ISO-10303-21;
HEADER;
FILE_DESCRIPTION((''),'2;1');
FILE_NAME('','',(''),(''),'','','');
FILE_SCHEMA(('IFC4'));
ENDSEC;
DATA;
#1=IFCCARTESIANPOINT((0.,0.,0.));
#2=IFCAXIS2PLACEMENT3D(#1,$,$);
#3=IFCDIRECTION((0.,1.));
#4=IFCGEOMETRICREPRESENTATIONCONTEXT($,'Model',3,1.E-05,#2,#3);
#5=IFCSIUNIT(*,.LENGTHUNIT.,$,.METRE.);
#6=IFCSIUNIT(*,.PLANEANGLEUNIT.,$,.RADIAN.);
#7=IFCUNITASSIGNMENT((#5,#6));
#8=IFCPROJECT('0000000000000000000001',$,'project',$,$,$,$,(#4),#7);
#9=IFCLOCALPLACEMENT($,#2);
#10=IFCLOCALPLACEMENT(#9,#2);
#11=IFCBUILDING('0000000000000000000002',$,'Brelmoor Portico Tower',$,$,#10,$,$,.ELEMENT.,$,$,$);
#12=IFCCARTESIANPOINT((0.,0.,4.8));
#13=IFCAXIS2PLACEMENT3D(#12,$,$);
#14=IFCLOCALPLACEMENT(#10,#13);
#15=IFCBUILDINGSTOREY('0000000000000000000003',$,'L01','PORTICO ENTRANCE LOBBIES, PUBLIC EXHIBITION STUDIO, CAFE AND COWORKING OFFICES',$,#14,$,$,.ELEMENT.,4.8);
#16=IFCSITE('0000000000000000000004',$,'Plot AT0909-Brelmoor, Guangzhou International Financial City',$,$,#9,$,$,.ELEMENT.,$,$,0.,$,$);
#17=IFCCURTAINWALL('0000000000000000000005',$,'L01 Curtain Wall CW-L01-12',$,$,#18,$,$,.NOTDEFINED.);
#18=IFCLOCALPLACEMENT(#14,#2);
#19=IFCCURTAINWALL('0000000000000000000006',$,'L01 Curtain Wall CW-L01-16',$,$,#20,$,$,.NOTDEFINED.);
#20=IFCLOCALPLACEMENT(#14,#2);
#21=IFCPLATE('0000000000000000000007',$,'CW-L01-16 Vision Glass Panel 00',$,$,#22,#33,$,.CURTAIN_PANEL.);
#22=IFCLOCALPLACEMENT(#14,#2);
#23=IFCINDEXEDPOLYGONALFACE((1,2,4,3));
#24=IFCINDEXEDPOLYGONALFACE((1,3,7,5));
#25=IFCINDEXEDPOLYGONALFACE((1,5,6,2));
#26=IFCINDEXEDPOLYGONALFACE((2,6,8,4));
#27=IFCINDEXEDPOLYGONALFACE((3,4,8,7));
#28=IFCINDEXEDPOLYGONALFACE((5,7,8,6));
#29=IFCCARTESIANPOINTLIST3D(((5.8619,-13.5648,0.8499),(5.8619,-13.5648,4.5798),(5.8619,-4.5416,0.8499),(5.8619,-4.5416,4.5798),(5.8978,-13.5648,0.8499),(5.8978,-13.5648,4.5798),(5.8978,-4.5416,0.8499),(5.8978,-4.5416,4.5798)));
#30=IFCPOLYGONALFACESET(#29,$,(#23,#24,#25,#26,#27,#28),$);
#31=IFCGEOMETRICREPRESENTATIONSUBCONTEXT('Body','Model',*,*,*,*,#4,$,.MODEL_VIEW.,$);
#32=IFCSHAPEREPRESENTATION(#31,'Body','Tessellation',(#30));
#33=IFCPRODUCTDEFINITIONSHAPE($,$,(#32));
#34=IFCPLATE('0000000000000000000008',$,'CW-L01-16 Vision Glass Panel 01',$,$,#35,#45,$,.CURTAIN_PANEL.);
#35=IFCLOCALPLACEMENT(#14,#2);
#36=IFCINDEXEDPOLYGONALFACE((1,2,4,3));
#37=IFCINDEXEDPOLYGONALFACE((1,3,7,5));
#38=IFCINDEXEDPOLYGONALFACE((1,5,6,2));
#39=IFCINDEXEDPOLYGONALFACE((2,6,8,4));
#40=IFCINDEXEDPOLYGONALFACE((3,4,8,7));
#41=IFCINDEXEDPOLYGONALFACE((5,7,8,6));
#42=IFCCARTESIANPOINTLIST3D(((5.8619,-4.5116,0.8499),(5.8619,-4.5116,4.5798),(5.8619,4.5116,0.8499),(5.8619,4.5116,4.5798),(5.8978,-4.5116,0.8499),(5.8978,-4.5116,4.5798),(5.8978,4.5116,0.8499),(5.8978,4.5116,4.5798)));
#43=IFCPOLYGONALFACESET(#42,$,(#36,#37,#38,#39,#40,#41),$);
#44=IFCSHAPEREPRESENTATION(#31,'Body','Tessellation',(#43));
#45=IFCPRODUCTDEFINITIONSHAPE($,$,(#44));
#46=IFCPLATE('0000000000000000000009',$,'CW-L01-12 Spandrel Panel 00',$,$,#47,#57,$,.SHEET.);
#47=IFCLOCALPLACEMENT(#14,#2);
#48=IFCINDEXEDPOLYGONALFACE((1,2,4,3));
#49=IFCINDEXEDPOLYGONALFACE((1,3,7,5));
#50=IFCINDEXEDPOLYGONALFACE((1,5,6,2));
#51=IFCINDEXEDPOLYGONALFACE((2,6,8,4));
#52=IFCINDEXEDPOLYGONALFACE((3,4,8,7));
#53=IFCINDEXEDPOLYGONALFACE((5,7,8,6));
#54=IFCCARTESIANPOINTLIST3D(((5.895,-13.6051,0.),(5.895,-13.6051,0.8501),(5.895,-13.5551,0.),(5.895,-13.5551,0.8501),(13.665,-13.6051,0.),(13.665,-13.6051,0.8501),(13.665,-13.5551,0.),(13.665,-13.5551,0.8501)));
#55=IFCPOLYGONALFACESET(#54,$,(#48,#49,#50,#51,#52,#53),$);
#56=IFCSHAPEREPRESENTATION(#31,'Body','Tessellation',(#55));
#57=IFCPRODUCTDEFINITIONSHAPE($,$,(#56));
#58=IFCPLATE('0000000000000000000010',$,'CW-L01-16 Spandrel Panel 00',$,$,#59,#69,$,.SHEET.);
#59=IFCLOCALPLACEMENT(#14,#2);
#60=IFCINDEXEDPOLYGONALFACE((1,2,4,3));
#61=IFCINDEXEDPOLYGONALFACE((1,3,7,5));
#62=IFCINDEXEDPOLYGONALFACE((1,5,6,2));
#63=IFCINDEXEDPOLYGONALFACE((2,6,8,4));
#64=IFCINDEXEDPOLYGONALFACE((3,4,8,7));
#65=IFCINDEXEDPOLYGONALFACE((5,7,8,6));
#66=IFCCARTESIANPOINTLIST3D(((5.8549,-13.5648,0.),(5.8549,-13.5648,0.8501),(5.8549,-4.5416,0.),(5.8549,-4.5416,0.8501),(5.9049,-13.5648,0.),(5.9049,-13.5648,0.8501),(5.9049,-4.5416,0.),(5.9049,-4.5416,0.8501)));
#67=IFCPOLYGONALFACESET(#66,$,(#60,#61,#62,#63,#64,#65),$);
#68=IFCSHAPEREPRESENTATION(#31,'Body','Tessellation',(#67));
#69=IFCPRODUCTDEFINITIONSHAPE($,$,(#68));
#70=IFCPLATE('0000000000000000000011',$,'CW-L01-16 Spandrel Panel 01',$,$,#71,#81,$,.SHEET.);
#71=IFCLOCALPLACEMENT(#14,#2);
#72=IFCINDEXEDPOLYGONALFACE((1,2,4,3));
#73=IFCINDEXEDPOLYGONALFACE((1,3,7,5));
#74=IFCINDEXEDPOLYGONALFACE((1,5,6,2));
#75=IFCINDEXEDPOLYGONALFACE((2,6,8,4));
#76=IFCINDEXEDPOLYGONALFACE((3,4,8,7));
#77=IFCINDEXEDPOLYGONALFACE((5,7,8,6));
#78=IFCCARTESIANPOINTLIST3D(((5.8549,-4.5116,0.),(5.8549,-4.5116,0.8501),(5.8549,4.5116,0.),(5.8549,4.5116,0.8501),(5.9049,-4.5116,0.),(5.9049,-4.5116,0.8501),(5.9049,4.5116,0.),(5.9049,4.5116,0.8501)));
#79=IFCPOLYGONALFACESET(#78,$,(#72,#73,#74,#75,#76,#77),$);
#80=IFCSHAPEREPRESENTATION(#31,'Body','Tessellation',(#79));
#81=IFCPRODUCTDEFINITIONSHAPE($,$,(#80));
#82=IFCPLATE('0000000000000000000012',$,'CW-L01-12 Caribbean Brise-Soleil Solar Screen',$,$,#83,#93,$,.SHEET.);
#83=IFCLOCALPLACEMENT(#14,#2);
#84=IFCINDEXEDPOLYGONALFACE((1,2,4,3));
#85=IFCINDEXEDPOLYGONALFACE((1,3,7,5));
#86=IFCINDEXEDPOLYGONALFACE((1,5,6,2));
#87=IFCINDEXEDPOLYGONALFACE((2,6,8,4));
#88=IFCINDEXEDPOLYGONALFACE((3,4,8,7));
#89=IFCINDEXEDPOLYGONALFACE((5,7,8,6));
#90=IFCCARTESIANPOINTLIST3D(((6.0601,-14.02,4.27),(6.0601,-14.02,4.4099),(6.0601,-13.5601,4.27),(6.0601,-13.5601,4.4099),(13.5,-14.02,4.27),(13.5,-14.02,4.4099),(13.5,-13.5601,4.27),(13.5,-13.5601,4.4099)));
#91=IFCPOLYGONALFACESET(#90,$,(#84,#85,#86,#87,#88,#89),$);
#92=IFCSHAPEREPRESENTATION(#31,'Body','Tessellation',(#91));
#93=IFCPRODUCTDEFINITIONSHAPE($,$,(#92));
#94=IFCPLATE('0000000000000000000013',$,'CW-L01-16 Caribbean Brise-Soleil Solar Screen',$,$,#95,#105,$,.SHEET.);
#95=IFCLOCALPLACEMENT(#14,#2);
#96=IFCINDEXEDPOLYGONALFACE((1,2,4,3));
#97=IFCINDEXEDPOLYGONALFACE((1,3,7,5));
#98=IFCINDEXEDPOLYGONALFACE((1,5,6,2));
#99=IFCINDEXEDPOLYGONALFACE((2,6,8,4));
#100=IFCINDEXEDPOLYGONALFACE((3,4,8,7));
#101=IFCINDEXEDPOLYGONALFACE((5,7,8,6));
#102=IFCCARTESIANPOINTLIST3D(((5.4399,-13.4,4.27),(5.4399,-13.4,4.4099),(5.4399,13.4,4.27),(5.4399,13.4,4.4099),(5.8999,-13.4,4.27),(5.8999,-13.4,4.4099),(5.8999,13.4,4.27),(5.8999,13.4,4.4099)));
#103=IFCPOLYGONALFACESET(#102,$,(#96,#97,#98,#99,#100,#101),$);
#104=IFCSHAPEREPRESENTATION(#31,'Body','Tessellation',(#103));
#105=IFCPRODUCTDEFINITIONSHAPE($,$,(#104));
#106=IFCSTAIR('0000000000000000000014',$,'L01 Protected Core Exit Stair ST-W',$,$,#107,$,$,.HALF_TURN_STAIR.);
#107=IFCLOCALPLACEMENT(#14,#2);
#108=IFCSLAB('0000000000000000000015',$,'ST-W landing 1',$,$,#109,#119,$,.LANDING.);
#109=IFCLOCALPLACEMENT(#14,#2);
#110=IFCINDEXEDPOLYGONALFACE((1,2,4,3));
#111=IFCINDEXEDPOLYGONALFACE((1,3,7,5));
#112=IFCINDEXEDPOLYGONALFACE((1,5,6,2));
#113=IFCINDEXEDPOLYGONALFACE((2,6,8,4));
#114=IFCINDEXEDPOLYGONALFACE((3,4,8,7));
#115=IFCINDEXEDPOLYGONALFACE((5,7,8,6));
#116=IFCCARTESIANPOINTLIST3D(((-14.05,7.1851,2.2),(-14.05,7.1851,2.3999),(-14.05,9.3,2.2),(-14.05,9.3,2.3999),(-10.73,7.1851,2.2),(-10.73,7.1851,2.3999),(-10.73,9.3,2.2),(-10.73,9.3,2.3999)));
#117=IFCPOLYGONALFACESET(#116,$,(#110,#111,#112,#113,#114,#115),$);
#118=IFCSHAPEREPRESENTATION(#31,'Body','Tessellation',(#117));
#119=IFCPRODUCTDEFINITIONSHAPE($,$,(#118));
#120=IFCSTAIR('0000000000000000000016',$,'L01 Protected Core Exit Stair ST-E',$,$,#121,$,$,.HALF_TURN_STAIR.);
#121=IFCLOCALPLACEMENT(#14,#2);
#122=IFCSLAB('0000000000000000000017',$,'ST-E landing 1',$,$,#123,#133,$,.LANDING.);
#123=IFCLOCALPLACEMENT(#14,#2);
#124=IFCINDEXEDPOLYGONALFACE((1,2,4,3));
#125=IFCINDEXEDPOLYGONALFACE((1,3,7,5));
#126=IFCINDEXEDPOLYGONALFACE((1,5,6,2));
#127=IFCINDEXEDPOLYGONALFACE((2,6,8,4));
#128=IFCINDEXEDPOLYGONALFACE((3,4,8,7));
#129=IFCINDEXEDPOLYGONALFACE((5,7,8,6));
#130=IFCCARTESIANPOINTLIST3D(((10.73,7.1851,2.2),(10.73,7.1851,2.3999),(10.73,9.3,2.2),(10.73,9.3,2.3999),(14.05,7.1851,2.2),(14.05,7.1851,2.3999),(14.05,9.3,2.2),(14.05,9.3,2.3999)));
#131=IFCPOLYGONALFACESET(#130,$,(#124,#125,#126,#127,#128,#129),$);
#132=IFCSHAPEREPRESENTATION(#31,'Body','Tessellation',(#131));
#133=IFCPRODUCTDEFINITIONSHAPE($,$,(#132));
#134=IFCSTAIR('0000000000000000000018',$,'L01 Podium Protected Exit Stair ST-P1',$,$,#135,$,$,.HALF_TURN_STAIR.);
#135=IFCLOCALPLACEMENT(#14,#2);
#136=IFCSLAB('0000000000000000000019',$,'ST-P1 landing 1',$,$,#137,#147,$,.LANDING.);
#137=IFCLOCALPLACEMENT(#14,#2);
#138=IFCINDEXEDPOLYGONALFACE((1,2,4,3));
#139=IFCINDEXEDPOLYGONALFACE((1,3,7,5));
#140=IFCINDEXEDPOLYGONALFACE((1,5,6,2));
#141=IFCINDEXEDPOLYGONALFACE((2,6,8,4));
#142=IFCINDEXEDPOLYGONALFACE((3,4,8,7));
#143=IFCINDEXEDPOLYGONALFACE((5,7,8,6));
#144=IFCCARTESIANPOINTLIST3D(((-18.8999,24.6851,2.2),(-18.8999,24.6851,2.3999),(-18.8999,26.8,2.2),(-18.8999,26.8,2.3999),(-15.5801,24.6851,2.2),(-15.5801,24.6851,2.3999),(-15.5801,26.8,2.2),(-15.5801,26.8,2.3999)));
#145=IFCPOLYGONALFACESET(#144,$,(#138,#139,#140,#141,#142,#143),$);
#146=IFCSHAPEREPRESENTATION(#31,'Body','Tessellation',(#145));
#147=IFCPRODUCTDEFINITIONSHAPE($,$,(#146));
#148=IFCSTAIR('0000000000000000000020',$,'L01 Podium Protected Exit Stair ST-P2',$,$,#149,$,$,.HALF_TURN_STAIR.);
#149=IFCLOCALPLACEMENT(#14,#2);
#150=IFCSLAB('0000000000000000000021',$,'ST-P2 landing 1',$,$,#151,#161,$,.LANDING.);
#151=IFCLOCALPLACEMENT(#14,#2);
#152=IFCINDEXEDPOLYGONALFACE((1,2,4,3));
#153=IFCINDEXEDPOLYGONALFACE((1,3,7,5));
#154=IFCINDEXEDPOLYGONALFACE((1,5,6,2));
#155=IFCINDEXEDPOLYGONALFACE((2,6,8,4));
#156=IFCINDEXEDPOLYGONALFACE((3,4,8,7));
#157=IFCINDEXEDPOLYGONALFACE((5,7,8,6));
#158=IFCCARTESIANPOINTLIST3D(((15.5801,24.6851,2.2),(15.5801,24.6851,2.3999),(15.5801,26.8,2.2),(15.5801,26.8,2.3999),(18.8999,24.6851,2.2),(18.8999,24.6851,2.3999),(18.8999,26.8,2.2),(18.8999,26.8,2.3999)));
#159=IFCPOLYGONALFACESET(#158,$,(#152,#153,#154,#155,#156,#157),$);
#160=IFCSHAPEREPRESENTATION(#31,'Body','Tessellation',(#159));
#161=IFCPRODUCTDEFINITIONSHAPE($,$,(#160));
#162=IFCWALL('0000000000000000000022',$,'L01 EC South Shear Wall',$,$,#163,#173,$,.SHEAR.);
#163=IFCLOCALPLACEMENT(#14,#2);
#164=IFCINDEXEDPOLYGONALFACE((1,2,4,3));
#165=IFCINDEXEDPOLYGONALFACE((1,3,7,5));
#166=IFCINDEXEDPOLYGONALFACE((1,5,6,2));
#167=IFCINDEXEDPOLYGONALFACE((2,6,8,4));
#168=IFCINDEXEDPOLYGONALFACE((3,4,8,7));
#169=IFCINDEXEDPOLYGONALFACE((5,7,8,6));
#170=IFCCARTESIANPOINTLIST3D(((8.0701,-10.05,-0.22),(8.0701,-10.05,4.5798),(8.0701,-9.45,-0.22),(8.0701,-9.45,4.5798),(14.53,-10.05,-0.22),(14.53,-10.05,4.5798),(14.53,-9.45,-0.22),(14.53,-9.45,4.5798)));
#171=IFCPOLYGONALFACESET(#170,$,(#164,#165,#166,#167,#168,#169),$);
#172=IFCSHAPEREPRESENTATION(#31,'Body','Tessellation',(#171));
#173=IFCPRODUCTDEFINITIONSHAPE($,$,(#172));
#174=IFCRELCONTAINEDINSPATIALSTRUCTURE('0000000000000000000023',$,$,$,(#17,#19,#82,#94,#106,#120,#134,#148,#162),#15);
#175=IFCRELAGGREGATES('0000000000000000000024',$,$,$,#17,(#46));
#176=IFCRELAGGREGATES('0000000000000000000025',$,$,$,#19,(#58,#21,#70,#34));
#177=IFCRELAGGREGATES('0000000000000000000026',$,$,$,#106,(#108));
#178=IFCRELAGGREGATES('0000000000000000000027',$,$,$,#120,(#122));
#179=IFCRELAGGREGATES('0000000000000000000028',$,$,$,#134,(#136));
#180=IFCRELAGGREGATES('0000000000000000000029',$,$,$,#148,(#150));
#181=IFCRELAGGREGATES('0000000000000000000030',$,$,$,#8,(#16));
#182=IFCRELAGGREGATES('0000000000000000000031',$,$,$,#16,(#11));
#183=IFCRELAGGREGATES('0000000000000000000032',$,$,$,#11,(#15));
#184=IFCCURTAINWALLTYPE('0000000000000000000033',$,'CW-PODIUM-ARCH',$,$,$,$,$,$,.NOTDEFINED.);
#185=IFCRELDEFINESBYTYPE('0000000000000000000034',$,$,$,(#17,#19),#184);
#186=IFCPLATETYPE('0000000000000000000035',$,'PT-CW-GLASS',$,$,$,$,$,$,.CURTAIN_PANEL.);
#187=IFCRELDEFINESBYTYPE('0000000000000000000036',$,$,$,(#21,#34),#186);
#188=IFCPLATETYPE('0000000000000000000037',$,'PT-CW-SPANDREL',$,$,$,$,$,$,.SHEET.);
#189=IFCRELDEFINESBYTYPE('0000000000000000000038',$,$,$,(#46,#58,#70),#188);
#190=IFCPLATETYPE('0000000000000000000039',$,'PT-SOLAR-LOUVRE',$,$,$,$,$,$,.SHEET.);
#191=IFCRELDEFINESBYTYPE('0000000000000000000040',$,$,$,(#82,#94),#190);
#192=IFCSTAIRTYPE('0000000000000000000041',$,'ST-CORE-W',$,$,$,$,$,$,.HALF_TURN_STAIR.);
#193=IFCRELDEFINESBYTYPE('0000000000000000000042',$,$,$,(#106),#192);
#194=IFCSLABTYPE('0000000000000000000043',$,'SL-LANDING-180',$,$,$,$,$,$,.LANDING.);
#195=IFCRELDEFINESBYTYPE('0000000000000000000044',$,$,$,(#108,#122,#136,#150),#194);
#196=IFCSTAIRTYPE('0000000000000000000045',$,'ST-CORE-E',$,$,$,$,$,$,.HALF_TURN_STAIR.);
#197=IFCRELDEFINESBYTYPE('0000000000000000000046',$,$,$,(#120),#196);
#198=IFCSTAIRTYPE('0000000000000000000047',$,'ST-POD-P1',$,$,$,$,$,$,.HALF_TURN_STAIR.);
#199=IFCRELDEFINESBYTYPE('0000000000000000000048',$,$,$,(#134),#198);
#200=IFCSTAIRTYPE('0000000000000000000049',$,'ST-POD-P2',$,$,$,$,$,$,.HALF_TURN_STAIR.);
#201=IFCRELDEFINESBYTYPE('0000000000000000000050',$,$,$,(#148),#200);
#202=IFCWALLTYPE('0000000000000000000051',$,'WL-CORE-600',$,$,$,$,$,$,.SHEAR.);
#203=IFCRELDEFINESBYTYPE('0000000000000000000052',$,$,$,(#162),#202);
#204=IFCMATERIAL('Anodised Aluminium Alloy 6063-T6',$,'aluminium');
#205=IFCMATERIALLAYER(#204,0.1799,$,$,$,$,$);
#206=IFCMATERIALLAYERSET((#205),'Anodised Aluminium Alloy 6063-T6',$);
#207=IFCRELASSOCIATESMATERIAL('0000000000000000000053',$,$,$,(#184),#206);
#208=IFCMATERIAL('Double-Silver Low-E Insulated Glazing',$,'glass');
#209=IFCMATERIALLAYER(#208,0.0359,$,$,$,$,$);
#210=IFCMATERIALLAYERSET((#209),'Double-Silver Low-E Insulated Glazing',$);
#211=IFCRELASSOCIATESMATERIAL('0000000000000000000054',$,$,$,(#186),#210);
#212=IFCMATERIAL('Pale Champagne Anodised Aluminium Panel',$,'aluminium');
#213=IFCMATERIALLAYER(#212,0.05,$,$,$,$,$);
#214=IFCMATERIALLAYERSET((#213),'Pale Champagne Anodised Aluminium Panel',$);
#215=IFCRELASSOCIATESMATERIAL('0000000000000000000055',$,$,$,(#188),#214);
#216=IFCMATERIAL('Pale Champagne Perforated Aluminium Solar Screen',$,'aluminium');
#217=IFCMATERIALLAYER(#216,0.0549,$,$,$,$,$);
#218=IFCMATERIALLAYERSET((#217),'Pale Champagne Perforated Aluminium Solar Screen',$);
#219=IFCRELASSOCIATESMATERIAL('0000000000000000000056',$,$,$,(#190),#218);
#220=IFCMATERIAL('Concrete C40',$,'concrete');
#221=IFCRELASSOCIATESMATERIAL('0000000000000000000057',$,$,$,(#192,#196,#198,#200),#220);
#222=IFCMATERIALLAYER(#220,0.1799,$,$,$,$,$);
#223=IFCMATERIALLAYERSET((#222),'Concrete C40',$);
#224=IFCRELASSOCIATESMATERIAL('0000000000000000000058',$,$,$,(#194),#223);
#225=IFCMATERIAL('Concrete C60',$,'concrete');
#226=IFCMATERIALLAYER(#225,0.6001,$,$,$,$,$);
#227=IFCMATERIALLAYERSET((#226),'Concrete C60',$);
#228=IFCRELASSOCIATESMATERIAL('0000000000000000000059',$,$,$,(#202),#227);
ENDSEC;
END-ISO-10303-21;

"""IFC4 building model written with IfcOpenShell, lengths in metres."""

from ifc_helpers import new_model, si_unit, direction, frame, frame_2d, origin, origin_2d, place, context, subcontext, project, spatial, polyline, rectangle, outline, extrude, material, layer, layer_set, type_object, element, aggregate, save


model = new_model("IFC4")

# Units and contexts
model_context = context("Model", 3, precision=1e-05, world=origin(), true_north=direction((0.0, 1.0)))
body_context = subcontext(model_context, "Body", "Model", "MODEL_VIEW")
ifc_project = project(units=[si_unit("LENGTHUNIT", "METRE"), si_unit("PLANEANGLEUNIT", "RADIAN")], contexts=[model_context])

# Site, building, storey
site_placement = place(None, origin())
site = spatial("IfcSite", under=ifc_project, at=site_placement, Name="Plot AT0909-Brelmoor, Guangzhou International Financial City", CompositionType="ELEMENT", RefElevation=0.0)
building_placement = place(site_placement, origin())
building = spatial("IfcBuilding", under=site, at=building_placement, Name="Brelmoor Portico Tower", CompositionType="ELEMENT")
storey_placement = place(building_placement, frame((0.0, 0.0, 4.8)))
storey = spatial("IfcBuildingStorey", under=building, at=storey_placement, Name="L01", Description="PORTICO ENTRANCE LOBBIES, PUBLIC EXHIBITION STUDIO, CAFE AND COWORKING OFFICES", CompositionType="ELEMENT", Elevation=4.8)

# Curtain wall
ifc_material_1 = material(Name="Anodised Aluminium Alloy 6063-T6", Category="aluminium")
ifc_layer_1 = layer(ifc_material_1, 0.1799)
ifc_layer_set_1 = layer_set([ifc_layer_1], Name="Anodised Aluminium Alloy 6063-T6")
curtain_wall_type = type_object("IfcCurtainWallType", Name="CW-PODIUM-ARCH", PredefinedType="NOTDEFINED", material=ifc_layer_set_1)
curtain_wall_1_placement = place(storey_placement, origin())
curtain_wall_1 = element("IfcCurtainWall", 1, at=curtain_wall_1_placement, inside=storey, type_object=curtain_wall_type, Name="L01 Curtain Wall CW-L01-12", PredefinedType="NOTDEFINED")

# Curtain wall
curtain_wall_2_placement = place(storey_placement, origin())
curtain_wall_2 = element("IfcCurtainWall", 2, at=curtain_wall_2_placement, inside=storey, type_object=curtain_wall_type, Name="L01 Curtain Wall CW-L01-16", PredefinedType="NOTDEFINED")

# Plates
ifc_material_2 = material(Name="Double-Silver Low-E Insulated Glazing", Category="glass")
ifc_layer_2 = layer(ifc_material_2, 0.0359)
ifc_layer_set_2 = layer_set([ifc_layer_2], Name="Double-Silver Low-E Insulated Glazing")
plate_type_1 = type_object("IfcPlateType", Name="PT-CW-GLASS", PredefinedType="CURTAIN_PANEL", material=ifc_layer_set_2)
plate_1_placement = place(storey_placement, frame((5.8799, -9.0532, 0.8499), z_axis=(0.0, 0.0, 1.0), x_axis=(0.0, 1.0, 0.0)))
plate_1 = element("IfcPlate", 3, at=plate_1_placement, type_object=plate_type_1, Name="CW-L01-16 Vision Glass Panel 00", PredefinedType="CURTAIN_PANEL", context=body_context, shape_type="SweptSolid", body=[
    extrude(rectangle(XDim=9.0232, YDim=0.0359, at=origin_2d()), origin(), (0.0, 0.0, 1.0), 3.73),
])
plate_2_placement = place(storey_placement, frame((5.8799, 0.0, 0.8499), z_axis=(0.0, 0.0, 1.0), x_axis=(0.0, 1.0, 0.0)))
plate_2 = element("IfcPlate", 4, at=plate_2_placement, type_object=plate_type_1, Name="CW-L01-16 Vision Glass Panel 01", PredefinedType="CURTAIN_PANEL", context=body_context, shape_type="SweptSolid", body=[
    extrude(rectangle(XDim=9.0232, YDim=0.0359, at=origin_2d()), origin(), (0.0, 0.0, 1.0), 3.73),
])
ifc_material_3 = material(Name="Pale Champagne Anodised Aluminium Panel", Category="aluminium")
ifc_layer_3 = layer(ifc_material_3, 0.05)
ifc_layer_set_3 = layer_set([ifc_layer_3], Name="Pale Champagne Anodised Aluminium Panel")
plate_type_2 = type_object("IfcPlateType", Name="PT-CW-SPANDREL", PredefinedType="SHEET", material=ifc_layer_set_3)
plate_3_placement = place(storey_placement, frame((9.78, -13.5801, 0.0), z_axis=(0.0, 0.0, 1.0), x_axis=(1.0, 0.0, 0.0)))
plate_3 = element("IfcPlate", 5, at=plate_3_placement, type_object=plate_type_2, Name="CW-L01-12 Spandrel Panel 00", PredefinedType="SHEET", context=body_context, shape_type="SweptSolid", body=[
    extrude(rectangle(XDim=7.77, YDim=0.05, at=origin_2d()), origin(), (0.0, 0.0, 1.0), 0.8501),
])
aggregate(curtain_wall_1, [plate_3])
plate_4_placement = place(storey_placement, frame((5.8799, -9.0532, 0.0), z_axis=(0.0, 0.0, 1.0), x_axis=(0.0, 1.0, 0.0)))
plate_4 = element("IfcPlate", 6, at=plate_4_placement, type_object=plate_type_2, Name="CW-L01-16 Spandrel Panel 00", PredefinedType="SHEET", context=body_context, shape_type="SweptSolid", body=[
    extrude(rectangle(XDim=9.0232, YDim=0.05, at=origin_2d()), origin(), (0.0, 0.0, 1.0), 0.8501),
])
plate_5_placement = place(storey_placement, frame((5.8799, 0.0, 0.0), z_axis=(0.0, 0.0, 1.0), x_axis=(0.0, 1.0, 0.0)))
plate_5 = element("IfcPlate", 7, at=plate_5_placement, type_object=plate_type_2, Name="CW-L01-16 Spandrel Panel 01", PredefinedType="SHEET", context=body_context, shape_type="SweptSolid", body=[
    extrude(rectangle(XDim=9.0232, YDim=0.05, at=origin_2d()), origin(), (0.0, 0.0, 1.0), 0.8501),
])
aggregate(curtain_wall_2, [plate_4, plate_1, plate_5, plate_2])

# Plates
ifc_material_4 = material(Name="Pale Champagne Perforated Aluminium Solar Screen", Category="aluminium")
ifc_layer_4 = layer(ifc_material_4, 0.0549)
ifc_layer_set_4 = layer_set([ifc_layer_4], Name="Pale Champagne Perforated Aluminium Solar Screen")
plate_type_3 = type_object("IfcPlateType", Name="PT-SOLAR-LOUVRE", PredefinedType="SHEET", material=ifc_layer_set_4)
plate_6_placement = place(storey_placement, frame((9.78, -13.79, 4.27), z_axis=(0.0, 0.0, 1.0), x_axis=(1.0, 0.0, 0.0)))
element("IfcPlate", 8, at=plate_6_placement, inside=storey, type_object=plate_type_3, Name="CW-L01-12 Caribbean Brise-Soleil Solar Screen", PredefinedType="SHEET", context=body_context, shape_type="SweptSolid", body=[
    extrude(rectangle(XDim=7.4399, YDim=0.46, at=origin_2d()), origin(), (0.0, 0.0, 1.0), 0.1399),
])
plate_7_placement = place(storey_placement, frame((5.6699, 0.0, 4.27), z_axis=(0.0, 0.0, 1.0), x_axis=(0.0, 1.0, 0.0)))
element("IfcPlate", 9, at=plate_7_placement, inside=storey, type_object=plate_type_3, Name="CW-L01-16 Caribbean Brise-Soleil Solar Screen", PredefinedType="SHEET", context=body_context, shape_type="SweptSolid", body=[
    extrude(rectangle(XDim=26.8, YDim=0.46, at=origin_2d()), origin(), (0.0, 0.0, 1.0), 0.1399),
])

# Stairs, slabs
ifc_material_5 = material(Name="Concrete C40", Category="concrete")
stair_type_1 = type_object("IfcStairType", Name="ST-CORE-W", PredefinedType="HALF_TURN_STAIR", material=ifc_material_5)
stair_1_placement = place(storey_placement, origin())
stair_1 = element("IfcStair", 10, at=stair_1_placement, inside=storey, type_object=stair_type_1, Name="L01 Protected Core Exit Stair ST-W", PredefinedType="HALF_TURN_STAIR")
ifc_layer_5 = layer(ifc_material_5, 0.1799)
ifc_layer_set_5 = layer_set([ifc_layer_5], Name="Concrete C40")
slab_type = type_object("IfcSlabType", Name="SL-LANDING-180", PredefinedType="LANDING", material=ifc_layer_set_5)
slab_1_placement = place(storey_placement, frame((0.0, 0.0, 2.2)))
slab_1 = element("IfcSlab", 11, at=slab_1_placement, type_object=slab_type, Name="ST-W landing 1", PredefinedType="LANDING", context=body_context, shape_type="SweptSolid", body=[
    extrude(outline(polyline([(-10.73, 7.1851), (-10.73, 9.3), (-14.05, 9.3), (-14.05, 7.1851), (-10.73, 7.1851)])), origin(), (0.0, 0.0, 1.0), 0.2),
])
aggregate(stair_1, [slab_1])
stair_type_2 = type_object("IfcStairType", Name="ST-CORE-E", PredefinedType="HALF_TURN_STAIR", material=ifc_material_5)
stair_2_placement = place(storey_placement, origin())
stair_2 = element("IfcStair", 12, at=stair_2_placement, inside=storey, type_object=stair_type_2, Name="L01 Protected Core Exit Stair ST-E", PredefinedType="HALF_TURN_STAIR")
slab_2_placement = place(storey_placement, frame((0.0, 0.0, 2.2)))
slab_2 = element("IfcSlab", 13, at=slab_2_placement, type_object=slab_type, Name="ST-E landing 1", PredefinedType="LANDING", context=body_context, shape_type="SweptSolid", body=[
    extrude(outline(polyline([(14.05, 7.1851), (14.05, 9.3), (10.73, 9.3), (10.73, 7.1851), (14.05, 7.1851)])), origin(), (0.0, 0.0, 1.0), 0.2),
])
aggregate(stair_2, [slab_2])
stair_type_3 = type_object("IfcStairType", Name="ST-POD-P1", PredefinedType="HALF_TURN_STAIR", material=ifc_material_5)
stair_3_placement = place(storey_placement, origin())
stair_3 = element("IfcStair", 14, at=stair_3_placement, inside=storey, type_object=stair_type_3, Name="L01 Podium Protected Exit Stair ST-P1", PredefinedType="HALF_TURN_STAIR")
slab_3_placement = place(storey_placement, frame((0.0, 0.0, 2.2)))
slab_3 = element("IfcSlab", 15, at=slab_3_placement, type_object=slab_type, Name="ST-P1 landing 1", PredefinedType="LANDING", context=body_context, shape_type="SweptSolid", body=[
    extrude(outline(polyline([(-15.5801, 24.6851), (-15.5801, 26.8), (-18.8999, 26.8), (-18.8999, 24.6851), (-15.5801, 24.6851)])), origin(), (0.0, 0.0, 1.0), 0.2),
])
aggregate(stair_3, [slab_3])
stair_type_4 = type_object("IfcStairType", Name="ST-POD-P2", PredefinedType="HALF_TURN_STAIR", material=ifc_material_5)
stair_4_placement = place(storey_placement, origin())
stair_4 = element("IfcStair", 16, at=stair_4_placement, inside=storey, type_object=stair_type_4, Name="L01 Podium Protected Exit Stair ST-P2", PredefinedType="HALF_TURN_STAIR")
slab_4_placement = place(storey_placement, frame((0.0, 0.0, 2.2)))
slab_4 = element("IfcSlab", 17, at=slab_4_placement, type_object=slab_type, Name="ST-P2 landing 1", PredefinedType="LANDING", context=body_context, shape_type="SweptSolid", body=[
    extrude(outline(polyline([(18.8999, 24.6851), (18.8999, 26.8), (15.5801, 26.8), (15.5801, 24.6851), (18.8999, 24.6851)])), origin(), (0.0, 0.0, 1.0), 0.2),
])
aggregate(stair_4, [slab_4])

# Wall
ifc_material_6 = material(Name="Concrete C60", Category="concrete")
ifc_layer_6 = layer(ifc_material_6, 0.6001)
ifc_layer_set_6 = layer_set([ifc_layer_6], Name="Concrete C60")
wall_type_1 = type_object("IfcWallType", Name="WL-CORE-600", PredefinedType="SHEAR", material=ifc_layer_set_6)
wall_1_placement = place(storey_placement, frame((8.0701, -9.75, -0.22), z_axis=(0.0, 0.0, 1.0), x_axis=(1.0, 0.0, 0.0)))
element("IfcWall", 18, at=wall_1_placement, inside=storey, type_object=wall_type_1, Name="L01 EC South Shear Wall", PredefinedType="SHEAR", context=body_context, shape_type="SweptSolid", body=[
    extrude(rectangle(XDim=6.46, YDim=0.6001, at=frame_2d((3.23, 0.0))), origin(), (0.0, 0.0, 1.0), 4.7998),
])

save(model, "model.ifc")
